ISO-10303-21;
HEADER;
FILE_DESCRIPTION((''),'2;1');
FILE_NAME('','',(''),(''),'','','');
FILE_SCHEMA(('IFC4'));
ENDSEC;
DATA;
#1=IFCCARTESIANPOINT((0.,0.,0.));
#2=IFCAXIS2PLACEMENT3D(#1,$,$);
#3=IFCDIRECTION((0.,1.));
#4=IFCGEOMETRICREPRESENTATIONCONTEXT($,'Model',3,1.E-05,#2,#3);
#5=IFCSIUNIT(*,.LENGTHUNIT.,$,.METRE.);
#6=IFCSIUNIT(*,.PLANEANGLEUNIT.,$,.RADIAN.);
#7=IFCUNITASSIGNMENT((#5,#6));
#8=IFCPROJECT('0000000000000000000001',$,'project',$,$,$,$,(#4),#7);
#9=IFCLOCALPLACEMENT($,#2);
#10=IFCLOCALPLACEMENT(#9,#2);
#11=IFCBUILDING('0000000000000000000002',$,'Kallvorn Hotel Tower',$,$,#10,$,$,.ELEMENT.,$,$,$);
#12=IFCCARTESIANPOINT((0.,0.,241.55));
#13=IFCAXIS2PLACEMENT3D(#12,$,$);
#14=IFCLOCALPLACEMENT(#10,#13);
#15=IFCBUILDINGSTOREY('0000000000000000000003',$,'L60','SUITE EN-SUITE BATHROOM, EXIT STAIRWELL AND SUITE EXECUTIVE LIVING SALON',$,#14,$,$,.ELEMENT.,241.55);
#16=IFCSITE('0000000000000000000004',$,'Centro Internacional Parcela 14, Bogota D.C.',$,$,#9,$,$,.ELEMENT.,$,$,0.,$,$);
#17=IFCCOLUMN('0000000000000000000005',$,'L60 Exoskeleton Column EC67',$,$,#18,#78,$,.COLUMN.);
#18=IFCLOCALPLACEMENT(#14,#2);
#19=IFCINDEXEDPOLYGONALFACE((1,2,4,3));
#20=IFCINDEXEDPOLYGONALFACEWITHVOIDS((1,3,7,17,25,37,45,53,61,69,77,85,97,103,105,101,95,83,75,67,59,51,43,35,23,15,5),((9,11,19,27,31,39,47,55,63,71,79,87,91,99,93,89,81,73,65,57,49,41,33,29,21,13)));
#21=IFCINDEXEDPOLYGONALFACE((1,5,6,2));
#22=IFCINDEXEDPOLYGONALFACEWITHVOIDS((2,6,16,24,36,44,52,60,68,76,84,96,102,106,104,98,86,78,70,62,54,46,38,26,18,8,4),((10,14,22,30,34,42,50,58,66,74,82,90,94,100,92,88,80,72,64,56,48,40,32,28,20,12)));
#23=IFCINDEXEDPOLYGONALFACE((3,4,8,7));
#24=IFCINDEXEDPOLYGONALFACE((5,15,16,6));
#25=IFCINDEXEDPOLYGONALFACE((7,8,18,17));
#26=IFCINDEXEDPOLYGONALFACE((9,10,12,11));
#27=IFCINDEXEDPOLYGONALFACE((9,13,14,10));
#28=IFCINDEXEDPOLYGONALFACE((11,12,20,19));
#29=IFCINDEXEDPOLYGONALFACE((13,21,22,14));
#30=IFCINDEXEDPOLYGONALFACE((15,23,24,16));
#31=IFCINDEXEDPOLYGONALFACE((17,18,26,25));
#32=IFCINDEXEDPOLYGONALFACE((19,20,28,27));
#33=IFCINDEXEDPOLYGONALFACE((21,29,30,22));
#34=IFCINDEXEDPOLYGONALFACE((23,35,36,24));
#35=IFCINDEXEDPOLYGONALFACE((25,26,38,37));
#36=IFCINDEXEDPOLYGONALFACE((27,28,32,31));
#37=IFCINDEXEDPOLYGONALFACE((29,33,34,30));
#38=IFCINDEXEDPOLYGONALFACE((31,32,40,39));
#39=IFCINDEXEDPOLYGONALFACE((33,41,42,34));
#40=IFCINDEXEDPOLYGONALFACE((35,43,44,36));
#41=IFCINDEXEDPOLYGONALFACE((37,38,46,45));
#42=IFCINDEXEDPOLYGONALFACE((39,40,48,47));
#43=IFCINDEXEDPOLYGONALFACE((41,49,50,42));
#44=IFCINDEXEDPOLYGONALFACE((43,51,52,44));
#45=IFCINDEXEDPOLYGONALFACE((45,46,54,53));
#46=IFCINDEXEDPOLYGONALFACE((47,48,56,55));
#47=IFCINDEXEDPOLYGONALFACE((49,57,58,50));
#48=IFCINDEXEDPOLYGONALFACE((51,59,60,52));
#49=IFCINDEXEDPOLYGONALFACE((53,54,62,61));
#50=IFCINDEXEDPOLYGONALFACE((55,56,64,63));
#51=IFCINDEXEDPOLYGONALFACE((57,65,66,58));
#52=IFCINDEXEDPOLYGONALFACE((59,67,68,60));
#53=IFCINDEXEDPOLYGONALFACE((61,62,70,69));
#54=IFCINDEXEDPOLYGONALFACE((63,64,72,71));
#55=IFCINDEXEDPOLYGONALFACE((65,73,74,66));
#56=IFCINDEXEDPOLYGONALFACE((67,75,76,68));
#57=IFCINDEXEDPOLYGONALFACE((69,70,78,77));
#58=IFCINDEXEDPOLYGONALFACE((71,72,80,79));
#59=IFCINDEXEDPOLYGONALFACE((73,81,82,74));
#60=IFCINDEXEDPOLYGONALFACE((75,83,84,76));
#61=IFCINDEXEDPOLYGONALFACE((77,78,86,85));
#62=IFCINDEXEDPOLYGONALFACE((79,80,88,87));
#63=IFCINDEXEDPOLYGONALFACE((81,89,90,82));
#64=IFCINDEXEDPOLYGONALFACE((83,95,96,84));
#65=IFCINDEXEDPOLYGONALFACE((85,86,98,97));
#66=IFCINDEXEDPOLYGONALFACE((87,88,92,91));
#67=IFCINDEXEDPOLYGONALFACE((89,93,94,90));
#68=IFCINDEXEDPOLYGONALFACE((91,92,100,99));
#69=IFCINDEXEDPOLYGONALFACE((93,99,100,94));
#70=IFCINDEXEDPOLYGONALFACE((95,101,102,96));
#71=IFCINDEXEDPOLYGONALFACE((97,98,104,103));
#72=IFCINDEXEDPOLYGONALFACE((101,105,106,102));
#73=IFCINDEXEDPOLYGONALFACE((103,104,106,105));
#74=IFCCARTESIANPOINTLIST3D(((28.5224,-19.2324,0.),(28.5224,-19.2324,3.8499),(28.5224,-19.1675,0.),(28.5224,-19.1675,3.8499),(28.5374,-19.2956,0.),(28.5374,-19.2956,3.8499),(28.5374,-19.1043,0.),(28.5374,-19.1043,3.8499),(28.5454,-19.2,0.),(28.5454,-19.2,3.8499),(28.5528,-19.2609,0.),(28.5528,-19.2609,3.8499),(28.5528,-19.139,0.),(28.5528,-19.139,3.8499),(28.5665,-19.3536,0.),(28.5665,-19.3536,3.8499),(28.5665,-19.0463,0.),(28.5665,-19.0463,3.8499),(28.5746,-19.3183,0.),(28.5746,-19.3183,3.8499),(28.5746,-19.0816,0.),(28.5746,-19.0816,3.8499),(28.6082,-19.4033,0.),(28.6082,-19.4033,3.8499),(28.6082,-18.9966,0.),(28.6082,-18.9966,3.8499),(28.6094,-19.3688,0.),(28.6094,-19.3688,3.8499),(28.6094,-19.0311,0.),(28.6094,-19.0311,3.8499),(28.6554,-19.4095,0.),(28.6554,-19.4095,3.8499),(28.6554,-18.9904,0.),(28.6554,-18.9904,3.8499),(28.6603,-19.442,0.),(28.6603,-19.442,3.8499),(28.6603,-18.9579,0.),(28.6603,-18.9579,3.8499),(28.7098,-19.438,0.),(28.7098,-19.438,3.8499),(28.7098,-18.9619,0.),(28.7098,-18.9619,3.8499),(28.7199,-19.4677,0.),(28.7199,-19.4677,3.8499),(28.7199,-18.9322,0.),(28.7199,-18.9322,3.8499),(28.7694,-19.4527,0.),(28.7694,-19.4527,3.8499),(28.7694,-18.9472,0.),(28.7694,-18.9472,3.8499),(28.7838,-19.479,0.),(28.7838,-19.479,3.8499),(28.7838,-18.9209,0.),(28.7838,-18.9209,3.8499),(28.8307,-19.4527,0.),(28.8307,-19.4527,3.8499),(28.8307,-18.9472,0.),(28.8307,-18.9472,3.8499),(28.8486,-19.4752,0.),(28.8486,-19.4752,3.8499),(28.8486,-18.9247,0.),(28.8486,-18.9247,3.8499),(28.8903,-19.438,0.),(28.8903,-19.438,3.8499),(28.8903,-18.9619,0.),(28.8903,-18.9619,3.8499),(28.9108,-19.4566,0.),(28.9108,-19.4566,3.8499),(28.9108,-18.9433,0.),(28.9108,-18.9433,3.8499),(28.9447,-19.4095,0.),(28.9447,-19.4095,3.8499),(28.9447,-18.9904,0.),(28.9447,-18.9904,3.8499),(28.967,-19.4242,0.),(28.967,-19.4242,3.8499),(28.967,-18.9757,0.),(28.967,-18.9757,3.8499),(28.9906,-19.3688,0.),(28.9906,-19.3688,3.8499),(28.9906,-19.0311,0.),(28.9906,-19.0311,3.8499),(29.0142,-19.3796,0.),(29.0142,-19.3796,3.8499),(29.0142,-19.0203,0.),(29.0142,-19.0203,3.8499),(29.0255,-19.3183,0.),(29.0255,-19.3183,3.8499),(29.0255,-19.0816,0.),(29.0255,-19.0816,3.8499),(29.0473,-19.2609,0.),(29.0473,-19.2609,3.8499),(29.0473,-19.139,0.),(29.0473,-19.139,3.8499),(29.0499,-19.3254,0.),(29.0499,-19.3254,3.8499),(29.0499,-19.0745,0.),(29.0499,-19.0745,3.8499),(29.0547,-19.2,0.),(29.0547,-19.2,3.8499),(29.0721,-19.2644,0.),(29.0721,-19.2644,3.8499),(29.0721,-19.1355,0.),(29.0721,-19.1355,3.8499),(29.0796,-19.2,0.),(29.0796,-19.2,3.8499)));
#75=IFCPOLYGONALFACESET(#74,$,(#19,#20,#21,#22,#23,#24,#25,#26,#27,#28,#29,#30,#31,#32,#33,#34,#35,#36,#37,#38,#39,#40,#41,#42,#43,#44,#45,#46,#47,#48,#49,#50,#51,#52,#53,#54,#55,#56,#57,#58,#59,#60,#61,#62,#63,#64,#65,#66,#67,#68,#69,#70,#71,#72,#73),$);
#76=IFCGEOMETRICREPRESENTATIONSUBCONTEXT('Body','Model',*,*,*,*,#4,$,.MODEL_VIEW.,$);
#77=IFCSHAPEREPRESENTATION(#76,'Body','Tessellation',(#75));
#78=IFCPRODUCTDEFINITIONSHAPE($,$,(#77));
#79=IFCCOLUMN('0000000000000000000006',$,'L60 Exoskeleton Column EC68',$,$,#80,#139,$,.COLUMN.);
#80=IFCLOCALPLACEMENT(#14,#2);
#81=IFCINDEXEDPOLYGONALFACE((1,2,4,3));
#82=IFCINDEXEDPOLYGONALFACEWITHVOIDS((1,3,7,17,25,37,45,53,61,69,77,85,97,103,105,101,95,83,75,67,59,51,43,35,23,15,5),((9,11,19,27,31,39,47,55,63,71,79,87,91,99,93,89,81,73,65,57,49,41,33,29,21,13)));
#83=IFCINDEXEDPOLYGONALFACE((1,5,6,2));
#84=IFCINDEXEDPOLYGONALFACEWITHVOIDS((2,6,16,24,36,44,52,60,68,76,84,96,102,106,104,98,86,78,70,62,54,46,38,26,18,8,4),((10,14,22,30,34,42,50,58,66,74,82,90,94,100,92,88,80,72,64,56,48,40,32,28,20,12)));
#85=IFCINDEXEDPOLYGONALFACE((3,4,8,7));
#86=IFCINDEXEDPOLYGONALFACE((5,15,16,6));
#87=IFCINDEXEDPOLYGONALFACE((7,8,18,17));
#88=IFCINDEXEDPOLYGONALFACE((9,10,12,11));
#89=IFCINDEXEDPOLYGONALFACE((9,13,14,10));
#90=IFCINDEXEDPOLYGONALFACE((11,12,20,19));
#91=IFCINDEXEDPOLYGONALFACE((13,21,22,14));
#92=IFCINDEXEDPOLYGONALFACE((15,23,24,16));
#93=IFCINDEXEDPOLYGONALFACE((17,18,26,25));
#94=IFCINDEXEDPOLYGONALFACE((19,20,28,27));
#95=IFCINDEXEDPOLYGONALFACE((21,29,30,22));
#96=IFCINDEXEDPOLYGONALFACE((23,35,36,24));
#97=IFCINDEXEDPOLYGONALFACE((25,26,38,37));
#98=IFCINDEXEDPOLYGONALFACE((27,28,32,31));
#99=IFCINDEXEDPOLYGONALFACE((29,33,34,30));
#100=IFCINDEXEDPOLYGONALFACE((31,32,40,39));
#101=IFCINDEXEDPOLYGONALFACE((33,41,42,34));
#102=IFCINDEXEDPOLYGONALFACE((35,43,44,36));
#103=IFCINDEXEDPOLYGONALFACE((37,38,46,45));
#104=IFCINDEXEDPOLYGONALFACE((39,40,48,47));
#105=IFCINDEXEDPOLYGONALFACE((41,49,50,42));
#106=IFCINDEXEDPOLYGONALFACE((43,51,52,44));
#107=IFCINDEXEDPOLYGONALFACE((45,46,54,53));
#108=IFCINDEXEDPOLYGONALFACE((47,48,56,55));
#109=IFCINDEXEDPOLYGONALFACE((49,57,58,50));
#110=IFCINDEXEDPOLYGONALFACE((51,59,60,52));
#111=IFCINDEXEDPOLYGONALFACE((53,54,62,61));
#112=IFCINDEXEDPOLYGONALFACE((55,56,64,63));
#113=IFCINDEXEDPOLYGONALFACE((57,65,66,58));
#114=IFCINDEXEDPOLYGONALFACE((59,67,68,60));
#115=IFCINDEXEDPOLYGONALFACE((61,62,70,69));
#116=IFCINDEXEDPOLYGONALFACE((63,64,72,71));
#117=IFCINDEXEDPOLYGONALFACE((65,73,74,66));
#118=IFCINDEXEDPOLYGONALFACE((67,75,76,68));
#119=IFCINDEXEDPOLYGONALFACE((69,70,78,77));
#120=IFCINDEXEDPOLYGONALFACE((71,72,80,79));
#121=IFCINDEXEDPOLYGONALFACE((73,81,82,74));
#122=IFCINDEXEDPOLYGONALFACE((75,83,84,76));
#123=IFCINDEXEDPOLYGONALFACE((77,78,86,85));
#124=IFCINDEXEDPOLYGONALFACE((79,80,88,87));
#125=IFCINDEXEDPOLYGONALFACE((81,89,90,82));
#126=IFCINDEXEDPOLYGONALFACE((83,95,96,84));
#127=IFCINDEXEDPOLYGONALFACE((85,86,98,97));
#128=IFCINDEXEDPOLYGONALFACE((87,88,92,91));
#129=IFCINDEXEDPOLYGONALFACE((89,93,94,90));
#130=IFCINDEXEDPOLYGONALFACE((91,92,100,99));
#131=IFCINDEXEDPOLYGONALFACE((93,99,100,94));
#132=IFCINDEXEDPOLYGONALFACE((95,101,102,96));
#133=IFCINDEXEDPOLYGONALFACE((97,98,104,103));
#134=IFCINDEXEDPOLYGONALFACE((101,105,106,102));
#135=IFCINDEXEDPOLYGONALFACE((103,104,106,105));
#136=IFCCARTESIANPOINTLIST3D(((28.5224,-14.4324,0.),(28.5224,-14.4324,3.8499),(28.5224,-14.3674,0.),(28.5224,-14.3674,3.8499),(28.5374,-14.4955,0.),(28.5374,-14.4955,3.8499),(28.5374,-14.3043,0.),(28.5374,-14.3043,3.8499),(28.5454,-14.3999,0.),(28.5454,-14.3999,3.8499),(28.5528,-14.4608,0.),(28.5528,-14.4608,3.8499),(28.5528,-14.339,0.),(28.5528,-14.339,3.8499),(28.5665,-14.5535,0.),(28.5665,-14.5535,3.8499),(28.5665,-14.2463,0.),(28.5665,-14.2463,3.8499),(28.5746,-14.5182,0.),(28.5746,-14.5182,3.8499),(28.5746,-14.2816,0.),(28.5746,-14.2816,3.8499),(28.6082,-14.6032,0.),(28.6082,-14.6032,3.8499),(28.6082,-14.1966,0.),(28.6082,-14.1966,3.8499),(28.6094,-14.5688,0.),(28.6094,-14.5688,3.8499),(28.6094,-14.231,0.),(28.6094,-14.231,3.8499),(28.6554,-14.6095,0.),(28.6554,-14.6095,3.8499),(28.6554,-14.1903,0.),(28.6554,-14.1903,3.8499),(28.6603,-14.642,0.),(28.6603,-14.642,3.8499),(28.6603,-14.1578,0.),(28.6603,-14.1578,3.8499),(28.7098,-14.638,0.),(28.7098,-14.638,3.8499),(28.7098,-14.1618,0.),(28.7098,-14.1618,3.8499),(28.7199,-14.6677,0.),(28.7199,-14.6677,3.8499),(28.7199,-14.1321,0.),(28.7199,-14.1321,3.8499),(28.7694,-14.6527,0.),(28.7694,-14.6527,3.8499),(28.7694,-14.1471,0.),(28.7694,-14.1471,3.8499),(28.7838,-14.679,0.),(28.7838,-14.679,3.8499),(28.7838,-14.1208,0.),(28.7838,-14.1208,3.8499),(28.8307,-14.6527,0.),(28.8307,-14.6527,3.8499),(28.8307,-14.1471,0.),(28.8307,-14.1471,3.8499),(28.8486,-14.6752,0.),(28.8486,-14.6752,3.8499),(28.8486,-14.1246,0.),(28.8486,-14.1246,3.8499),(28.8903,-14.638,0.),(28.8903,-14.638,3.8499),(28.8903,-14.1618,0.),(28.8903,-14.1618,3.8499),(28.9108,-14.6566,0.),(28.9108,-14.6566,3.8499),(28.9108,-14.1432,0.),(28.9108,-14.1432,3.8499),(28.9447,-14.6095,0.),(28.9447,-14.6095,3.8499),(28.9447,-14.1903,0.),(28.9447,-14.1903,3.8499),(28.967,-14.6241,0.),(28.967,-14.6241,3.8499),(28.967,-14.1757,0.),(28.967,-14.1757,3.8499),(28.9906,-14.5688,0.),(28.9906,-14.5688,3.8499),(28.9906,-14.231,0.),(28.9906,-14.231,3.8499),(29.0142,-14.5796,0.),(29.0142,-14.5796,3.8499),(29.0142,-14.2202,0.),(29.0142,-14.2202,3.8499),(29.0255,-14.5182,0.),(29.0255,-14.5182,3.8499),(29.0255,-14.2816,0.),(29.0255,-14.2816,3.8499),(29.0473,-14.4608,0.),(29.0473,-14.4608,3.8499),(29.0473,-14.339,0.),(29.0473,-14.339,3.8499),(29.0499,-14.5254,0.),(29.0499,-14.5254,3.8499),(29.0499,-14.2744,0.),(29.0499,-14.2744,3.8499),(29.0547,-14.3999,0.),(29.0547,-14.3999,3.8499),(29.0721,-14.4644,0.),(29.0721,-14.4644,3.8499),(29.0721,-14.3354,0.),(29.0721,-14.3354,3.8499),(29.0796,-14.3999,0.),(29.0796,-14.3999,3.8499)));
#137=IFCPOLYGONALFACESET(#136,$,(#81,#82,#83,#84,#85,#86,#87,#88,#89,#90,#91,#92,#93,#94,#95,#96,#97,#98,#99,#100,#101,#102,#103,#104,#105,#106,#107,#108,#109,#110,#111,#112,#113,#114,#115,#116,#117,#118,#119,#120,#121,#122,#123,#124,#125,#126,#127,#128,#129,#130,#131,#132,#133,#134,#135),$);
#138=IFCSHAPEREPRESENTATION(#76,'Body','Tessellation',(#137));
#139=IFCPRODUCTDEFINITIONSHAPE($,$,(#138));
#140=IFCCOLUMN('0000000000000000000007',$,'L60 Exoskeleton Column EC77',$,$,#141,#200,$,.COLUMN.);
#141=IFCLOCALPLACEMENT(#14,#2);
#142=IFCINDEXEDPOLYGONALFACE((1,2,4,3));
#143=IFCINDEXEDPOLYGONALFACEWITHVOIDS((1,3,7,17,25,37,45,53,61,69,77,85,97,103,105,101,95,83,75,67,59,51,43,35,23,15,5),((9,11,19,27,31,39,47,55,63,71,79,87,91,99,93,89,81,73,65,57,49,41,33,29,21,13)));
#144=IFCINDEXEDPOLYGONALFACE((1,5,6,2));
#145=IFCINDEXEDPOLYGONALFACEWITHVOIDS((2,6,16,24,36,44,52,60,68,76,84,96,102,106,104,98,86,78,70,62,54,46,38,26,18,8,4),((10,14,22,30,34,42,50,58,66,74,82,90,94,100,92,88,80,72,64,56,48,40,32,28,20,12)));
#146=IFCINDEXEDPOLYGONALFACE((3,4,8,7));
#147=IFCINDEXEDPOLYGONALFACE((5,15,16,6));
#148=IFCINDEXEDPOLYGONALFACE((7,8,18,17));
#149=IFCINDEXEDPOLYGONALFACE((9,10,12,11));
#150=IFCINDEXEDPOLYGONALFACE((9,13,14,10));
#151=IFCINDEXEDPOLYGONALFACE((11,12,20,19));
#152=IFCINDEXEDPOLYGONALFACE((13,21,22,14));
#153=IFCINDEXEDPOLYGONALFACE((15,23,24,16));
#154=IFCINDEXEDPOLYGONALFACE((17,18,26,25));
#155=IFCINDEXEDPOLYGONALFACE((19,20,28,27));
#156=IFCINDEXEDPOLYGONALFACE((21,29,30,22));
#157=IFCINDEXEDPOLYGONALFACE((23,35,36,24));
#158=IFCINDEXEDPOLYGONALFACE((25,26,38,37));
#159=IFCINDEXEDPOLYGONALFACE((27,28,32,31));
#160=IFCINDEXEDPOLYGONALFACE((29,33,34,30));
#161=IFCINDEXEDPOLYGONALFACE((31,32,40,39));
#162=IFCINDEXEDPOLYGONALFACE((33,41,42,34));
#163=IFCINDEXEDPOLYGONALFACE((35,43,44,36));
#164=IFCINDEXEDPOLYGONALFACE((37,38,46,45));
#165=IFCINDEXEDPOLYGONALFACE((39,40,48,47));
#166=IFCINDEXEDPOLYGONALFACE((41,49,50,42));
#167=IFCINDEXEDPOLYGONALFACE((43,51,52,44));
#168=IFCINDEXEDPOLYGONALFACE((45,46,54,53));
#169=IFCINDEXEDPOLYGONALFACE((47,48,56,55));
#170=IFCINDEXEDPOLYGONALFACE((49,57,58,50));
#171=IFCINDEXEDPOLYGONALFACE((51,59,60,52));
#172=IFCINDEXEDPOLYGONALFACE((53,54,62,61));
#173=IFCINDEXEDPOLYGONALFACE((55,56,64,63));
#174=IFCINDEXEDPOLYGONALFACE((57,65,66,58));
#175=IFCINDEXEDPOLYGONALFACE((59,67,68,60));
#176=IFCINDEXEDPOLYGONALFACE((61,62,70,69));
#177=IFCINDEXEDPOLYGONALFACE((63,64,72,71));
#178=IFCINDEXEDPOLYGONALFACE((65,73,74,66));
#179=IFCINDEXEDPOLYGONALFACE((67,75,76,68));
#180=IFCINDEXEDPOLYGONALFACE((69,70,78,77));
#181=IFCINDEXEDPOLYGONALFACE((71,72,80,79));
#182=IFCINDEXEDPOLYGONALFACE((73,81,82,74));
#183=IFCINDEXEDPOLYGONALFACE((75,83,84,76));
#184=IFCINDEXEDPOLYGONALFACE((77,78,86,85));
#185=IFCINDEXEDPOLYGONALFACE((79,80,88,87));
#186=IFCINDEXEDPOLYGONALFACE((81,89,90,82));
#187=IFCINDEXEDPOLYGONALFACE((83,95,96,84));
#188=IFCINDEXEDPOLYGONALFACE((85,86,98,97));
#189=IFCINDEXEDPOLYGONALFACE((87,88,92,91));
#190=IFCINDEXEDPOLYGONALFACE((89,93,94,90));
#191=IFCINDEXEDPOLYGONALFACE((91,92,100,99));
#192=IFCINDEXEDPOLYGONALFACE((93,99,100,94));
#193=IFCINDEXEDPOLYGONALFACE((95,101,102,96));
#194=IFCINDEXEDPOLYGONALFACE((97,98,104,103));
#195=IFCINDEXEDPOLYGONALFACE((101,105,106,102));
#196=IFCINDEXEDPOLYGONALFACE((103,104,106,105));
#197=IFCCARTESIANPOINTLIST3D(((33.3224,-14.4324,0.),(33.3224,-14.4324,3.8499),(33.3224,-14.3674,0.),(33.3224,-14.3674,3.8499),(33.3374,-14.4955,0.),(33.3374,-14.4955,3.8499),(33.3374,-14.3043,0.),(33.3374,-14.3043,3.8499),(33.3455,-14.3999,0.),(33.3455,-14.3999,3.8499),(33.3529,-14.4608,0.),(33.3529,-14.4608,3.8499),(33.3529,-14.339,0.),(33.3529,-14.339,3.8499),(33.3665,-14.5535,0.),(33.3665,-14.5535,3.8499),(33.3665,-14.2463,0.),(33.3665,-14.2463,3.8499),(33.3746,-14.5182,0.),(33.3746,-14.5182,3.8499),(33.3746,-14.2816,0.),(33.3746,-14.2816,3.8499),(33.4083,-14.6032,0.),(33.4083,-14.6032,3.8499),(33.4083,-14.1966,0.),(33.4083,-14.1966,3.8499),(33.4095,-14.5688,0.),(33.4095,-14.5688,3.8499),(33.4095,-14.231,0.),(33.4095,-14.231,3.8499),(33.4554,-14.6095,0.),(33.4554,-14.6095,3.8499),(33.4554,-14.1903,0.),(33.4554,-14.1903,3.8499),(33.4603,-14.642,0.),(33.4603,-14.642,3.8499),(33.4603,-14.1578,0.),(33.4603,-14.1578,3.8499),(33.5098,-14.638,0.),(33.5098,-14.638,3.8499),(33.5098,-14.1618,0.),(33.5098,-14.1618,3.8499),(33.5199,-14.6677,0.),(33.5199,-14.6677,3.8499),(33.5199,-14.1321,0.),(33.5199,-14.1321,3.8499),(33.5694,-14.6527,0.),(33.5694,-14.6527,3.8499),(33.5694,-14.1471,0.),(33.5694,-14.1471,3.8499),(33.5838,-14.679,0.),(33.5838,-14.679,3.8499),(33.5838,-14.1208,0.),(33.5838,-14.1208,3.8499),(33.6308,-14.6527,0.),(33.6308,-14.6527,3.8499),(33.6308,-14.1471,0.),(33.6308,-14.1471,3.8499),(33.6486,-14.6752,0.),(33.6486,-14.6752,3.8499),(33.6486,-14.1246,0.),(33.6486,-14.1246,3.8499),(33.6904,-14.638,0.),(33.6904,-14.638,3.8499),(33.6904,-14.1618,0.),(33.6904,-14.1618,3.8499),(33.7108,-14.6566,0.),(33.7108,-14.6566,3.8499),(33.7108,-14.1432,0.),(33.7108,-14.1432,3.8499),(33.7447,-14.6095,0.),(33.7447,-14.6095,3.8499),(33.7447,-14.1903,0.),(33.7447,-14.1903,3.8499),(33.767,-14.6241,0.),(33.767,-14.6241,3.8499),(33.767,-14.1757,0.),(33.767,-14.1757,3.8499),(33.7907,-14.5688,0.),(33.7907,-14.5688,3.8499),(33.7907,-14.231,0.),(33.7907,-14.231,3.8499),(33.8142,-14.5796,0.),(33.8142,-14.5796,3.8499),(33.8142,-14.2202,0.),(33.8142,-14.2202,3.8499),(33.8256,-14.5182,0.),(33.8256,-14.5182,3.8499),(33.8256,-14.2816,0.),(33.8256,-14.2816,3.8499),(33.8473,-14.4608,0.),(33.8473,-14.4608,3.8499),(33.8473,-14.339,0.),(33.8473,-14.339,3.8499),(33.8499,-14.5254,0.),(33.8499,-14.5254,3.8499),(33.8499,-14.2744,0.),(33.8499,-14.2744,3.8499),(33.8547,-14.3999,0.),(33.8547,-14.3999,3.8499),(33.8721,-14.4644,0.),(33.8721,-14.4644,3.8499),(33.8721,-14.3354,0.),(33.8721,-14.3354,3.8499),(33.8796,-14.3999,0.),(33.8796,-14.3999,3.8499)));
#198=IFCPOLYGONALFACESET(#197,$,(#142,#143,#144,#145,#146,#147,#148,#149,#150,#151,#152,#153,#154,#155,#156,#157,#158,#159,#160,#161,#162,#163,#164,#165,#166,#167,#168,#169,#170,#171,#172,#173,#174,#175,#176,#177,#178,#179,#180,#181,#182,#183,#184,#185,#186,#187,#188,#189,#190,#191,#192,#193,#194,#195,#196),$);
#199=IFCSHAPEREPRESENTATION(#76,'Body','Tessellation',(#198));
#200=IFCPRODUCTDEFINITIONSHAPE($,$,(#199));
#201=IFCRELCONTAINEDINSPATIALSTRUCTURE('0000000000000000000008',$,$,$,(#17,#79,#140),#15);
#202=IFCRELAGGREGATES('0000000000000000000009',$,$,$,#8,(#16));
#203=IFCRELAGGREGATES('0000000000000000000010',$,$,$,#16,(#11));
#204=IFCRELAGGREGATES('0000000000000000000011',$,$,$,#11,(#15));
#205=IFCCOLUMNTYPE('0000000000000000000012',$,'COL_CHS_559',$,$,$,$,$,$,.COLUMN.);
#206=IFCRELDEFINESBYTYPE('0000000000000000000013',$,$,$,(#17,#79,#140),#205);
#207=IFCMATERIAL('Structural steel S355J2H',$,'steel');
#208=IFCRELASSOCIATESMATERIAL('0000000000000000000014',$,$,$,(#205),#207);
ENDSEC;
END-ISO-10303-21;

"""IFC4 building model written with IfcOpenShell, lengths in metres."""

from ifc_helpers import new_model, si_unit, direction, frame, origin, origin_2d, place, context, subcontext, project, spatial, hollow_circle, extrude, material, material_profile, profile_set, type_object, element, save


model = new_model("IFC4")

# Units and contexts
model_context = context("Model", 3, precision=1e-05, world=origin(), true_north=direction((0.0, 1.0)))
body_context = subcontext(model_context, "Body", "Model", "MODEL_VIEW")
ifc_project = project(units=[si_unit("LENGTHUNIT", "METRE"), si_unit("PLANEANGLEUNIT", "RADIAN")], contexts=[model_context])

# Site, building, storey
site_placement = place(None, origin())
site = spatial("IfcSite", under=ifc_project, at=site_placement, Name="Centro Internacional Parcela 14, Bogota D.C.", CompositionType="ELEMENT", RefElevation=0.0)
building_placement = place(site_placement, origin())
building = spatial("IfcBuilding", under=site, at=building_placement, Name="Kallvorn Hotel Tower", CompositionType="ELEMENT")
storey_placement = place(building_placement, frame((0.0, 0.0, 241.55)))
storey = spatial("IfcBuildingStorey", under=building, at=storey_placement, Name="L60", Description="SUITE EN-SUITE BATHROOM, EXIT STAIRWELL AND SUITE EXECUTIVE LIVING SALON", CompositionType="ELEMENT", Elevation=241.55)

# Columns
ifc_material_1 = material(Name="Structural steel S355J2H", Category="steel")
ifc_material_profile_1 = material_profile(ifc_material_1, hollow_circle(Radius=0.2795, WallThickness=0.0249, at=origin_2d()), Name="CHS 559x25")
ifc_profile_set_1 = profile_set([ifc_material_profile_1], Name="Structural steel S355J2H")
column_type_1 = type_object("IfcColumnType", Name="COL_CHS_559", PredefinedType="COLUMN", material=ifc_profile_set_1)
for number, where, z_axis, x_axis, name in (
    (1, (28.8, -19.2, 0.0), (0.0, 0.0, 1.0), (1.0, 0.0, 0.0), "L60 Exoskeleton Column EC67"),
    (2, (28.8, -14.3999, 0.0), (0.0, 0.0, 1.0), (1.0, 0.0, 0.0), "L60 Exoskeleton Column EC68"),
    (3, (33.6001, -14.3999, 0.0), (0.0, 0.0, 1.0), (1.0, 0.0, 0.0), "L60 Exoskeleton Column EC77"),
):
    element("IfcColumn", number, at=place(storey_placement, frame(where, z_axis=z_axis, x_axis=x_axis)), inside=storey, type_object=column_type_1, Name=name, PredefinedType="COLUMN", context=body_context, shape_type="SweptSolid", body=[
        extrude(hollow_circle(Radius=0.2795, WallThickness=0.0249, at=origin_2d()), origin(), (0.0, 0.0, 1.0), 3.8499),
    ])

save(model, "model.ifc")
